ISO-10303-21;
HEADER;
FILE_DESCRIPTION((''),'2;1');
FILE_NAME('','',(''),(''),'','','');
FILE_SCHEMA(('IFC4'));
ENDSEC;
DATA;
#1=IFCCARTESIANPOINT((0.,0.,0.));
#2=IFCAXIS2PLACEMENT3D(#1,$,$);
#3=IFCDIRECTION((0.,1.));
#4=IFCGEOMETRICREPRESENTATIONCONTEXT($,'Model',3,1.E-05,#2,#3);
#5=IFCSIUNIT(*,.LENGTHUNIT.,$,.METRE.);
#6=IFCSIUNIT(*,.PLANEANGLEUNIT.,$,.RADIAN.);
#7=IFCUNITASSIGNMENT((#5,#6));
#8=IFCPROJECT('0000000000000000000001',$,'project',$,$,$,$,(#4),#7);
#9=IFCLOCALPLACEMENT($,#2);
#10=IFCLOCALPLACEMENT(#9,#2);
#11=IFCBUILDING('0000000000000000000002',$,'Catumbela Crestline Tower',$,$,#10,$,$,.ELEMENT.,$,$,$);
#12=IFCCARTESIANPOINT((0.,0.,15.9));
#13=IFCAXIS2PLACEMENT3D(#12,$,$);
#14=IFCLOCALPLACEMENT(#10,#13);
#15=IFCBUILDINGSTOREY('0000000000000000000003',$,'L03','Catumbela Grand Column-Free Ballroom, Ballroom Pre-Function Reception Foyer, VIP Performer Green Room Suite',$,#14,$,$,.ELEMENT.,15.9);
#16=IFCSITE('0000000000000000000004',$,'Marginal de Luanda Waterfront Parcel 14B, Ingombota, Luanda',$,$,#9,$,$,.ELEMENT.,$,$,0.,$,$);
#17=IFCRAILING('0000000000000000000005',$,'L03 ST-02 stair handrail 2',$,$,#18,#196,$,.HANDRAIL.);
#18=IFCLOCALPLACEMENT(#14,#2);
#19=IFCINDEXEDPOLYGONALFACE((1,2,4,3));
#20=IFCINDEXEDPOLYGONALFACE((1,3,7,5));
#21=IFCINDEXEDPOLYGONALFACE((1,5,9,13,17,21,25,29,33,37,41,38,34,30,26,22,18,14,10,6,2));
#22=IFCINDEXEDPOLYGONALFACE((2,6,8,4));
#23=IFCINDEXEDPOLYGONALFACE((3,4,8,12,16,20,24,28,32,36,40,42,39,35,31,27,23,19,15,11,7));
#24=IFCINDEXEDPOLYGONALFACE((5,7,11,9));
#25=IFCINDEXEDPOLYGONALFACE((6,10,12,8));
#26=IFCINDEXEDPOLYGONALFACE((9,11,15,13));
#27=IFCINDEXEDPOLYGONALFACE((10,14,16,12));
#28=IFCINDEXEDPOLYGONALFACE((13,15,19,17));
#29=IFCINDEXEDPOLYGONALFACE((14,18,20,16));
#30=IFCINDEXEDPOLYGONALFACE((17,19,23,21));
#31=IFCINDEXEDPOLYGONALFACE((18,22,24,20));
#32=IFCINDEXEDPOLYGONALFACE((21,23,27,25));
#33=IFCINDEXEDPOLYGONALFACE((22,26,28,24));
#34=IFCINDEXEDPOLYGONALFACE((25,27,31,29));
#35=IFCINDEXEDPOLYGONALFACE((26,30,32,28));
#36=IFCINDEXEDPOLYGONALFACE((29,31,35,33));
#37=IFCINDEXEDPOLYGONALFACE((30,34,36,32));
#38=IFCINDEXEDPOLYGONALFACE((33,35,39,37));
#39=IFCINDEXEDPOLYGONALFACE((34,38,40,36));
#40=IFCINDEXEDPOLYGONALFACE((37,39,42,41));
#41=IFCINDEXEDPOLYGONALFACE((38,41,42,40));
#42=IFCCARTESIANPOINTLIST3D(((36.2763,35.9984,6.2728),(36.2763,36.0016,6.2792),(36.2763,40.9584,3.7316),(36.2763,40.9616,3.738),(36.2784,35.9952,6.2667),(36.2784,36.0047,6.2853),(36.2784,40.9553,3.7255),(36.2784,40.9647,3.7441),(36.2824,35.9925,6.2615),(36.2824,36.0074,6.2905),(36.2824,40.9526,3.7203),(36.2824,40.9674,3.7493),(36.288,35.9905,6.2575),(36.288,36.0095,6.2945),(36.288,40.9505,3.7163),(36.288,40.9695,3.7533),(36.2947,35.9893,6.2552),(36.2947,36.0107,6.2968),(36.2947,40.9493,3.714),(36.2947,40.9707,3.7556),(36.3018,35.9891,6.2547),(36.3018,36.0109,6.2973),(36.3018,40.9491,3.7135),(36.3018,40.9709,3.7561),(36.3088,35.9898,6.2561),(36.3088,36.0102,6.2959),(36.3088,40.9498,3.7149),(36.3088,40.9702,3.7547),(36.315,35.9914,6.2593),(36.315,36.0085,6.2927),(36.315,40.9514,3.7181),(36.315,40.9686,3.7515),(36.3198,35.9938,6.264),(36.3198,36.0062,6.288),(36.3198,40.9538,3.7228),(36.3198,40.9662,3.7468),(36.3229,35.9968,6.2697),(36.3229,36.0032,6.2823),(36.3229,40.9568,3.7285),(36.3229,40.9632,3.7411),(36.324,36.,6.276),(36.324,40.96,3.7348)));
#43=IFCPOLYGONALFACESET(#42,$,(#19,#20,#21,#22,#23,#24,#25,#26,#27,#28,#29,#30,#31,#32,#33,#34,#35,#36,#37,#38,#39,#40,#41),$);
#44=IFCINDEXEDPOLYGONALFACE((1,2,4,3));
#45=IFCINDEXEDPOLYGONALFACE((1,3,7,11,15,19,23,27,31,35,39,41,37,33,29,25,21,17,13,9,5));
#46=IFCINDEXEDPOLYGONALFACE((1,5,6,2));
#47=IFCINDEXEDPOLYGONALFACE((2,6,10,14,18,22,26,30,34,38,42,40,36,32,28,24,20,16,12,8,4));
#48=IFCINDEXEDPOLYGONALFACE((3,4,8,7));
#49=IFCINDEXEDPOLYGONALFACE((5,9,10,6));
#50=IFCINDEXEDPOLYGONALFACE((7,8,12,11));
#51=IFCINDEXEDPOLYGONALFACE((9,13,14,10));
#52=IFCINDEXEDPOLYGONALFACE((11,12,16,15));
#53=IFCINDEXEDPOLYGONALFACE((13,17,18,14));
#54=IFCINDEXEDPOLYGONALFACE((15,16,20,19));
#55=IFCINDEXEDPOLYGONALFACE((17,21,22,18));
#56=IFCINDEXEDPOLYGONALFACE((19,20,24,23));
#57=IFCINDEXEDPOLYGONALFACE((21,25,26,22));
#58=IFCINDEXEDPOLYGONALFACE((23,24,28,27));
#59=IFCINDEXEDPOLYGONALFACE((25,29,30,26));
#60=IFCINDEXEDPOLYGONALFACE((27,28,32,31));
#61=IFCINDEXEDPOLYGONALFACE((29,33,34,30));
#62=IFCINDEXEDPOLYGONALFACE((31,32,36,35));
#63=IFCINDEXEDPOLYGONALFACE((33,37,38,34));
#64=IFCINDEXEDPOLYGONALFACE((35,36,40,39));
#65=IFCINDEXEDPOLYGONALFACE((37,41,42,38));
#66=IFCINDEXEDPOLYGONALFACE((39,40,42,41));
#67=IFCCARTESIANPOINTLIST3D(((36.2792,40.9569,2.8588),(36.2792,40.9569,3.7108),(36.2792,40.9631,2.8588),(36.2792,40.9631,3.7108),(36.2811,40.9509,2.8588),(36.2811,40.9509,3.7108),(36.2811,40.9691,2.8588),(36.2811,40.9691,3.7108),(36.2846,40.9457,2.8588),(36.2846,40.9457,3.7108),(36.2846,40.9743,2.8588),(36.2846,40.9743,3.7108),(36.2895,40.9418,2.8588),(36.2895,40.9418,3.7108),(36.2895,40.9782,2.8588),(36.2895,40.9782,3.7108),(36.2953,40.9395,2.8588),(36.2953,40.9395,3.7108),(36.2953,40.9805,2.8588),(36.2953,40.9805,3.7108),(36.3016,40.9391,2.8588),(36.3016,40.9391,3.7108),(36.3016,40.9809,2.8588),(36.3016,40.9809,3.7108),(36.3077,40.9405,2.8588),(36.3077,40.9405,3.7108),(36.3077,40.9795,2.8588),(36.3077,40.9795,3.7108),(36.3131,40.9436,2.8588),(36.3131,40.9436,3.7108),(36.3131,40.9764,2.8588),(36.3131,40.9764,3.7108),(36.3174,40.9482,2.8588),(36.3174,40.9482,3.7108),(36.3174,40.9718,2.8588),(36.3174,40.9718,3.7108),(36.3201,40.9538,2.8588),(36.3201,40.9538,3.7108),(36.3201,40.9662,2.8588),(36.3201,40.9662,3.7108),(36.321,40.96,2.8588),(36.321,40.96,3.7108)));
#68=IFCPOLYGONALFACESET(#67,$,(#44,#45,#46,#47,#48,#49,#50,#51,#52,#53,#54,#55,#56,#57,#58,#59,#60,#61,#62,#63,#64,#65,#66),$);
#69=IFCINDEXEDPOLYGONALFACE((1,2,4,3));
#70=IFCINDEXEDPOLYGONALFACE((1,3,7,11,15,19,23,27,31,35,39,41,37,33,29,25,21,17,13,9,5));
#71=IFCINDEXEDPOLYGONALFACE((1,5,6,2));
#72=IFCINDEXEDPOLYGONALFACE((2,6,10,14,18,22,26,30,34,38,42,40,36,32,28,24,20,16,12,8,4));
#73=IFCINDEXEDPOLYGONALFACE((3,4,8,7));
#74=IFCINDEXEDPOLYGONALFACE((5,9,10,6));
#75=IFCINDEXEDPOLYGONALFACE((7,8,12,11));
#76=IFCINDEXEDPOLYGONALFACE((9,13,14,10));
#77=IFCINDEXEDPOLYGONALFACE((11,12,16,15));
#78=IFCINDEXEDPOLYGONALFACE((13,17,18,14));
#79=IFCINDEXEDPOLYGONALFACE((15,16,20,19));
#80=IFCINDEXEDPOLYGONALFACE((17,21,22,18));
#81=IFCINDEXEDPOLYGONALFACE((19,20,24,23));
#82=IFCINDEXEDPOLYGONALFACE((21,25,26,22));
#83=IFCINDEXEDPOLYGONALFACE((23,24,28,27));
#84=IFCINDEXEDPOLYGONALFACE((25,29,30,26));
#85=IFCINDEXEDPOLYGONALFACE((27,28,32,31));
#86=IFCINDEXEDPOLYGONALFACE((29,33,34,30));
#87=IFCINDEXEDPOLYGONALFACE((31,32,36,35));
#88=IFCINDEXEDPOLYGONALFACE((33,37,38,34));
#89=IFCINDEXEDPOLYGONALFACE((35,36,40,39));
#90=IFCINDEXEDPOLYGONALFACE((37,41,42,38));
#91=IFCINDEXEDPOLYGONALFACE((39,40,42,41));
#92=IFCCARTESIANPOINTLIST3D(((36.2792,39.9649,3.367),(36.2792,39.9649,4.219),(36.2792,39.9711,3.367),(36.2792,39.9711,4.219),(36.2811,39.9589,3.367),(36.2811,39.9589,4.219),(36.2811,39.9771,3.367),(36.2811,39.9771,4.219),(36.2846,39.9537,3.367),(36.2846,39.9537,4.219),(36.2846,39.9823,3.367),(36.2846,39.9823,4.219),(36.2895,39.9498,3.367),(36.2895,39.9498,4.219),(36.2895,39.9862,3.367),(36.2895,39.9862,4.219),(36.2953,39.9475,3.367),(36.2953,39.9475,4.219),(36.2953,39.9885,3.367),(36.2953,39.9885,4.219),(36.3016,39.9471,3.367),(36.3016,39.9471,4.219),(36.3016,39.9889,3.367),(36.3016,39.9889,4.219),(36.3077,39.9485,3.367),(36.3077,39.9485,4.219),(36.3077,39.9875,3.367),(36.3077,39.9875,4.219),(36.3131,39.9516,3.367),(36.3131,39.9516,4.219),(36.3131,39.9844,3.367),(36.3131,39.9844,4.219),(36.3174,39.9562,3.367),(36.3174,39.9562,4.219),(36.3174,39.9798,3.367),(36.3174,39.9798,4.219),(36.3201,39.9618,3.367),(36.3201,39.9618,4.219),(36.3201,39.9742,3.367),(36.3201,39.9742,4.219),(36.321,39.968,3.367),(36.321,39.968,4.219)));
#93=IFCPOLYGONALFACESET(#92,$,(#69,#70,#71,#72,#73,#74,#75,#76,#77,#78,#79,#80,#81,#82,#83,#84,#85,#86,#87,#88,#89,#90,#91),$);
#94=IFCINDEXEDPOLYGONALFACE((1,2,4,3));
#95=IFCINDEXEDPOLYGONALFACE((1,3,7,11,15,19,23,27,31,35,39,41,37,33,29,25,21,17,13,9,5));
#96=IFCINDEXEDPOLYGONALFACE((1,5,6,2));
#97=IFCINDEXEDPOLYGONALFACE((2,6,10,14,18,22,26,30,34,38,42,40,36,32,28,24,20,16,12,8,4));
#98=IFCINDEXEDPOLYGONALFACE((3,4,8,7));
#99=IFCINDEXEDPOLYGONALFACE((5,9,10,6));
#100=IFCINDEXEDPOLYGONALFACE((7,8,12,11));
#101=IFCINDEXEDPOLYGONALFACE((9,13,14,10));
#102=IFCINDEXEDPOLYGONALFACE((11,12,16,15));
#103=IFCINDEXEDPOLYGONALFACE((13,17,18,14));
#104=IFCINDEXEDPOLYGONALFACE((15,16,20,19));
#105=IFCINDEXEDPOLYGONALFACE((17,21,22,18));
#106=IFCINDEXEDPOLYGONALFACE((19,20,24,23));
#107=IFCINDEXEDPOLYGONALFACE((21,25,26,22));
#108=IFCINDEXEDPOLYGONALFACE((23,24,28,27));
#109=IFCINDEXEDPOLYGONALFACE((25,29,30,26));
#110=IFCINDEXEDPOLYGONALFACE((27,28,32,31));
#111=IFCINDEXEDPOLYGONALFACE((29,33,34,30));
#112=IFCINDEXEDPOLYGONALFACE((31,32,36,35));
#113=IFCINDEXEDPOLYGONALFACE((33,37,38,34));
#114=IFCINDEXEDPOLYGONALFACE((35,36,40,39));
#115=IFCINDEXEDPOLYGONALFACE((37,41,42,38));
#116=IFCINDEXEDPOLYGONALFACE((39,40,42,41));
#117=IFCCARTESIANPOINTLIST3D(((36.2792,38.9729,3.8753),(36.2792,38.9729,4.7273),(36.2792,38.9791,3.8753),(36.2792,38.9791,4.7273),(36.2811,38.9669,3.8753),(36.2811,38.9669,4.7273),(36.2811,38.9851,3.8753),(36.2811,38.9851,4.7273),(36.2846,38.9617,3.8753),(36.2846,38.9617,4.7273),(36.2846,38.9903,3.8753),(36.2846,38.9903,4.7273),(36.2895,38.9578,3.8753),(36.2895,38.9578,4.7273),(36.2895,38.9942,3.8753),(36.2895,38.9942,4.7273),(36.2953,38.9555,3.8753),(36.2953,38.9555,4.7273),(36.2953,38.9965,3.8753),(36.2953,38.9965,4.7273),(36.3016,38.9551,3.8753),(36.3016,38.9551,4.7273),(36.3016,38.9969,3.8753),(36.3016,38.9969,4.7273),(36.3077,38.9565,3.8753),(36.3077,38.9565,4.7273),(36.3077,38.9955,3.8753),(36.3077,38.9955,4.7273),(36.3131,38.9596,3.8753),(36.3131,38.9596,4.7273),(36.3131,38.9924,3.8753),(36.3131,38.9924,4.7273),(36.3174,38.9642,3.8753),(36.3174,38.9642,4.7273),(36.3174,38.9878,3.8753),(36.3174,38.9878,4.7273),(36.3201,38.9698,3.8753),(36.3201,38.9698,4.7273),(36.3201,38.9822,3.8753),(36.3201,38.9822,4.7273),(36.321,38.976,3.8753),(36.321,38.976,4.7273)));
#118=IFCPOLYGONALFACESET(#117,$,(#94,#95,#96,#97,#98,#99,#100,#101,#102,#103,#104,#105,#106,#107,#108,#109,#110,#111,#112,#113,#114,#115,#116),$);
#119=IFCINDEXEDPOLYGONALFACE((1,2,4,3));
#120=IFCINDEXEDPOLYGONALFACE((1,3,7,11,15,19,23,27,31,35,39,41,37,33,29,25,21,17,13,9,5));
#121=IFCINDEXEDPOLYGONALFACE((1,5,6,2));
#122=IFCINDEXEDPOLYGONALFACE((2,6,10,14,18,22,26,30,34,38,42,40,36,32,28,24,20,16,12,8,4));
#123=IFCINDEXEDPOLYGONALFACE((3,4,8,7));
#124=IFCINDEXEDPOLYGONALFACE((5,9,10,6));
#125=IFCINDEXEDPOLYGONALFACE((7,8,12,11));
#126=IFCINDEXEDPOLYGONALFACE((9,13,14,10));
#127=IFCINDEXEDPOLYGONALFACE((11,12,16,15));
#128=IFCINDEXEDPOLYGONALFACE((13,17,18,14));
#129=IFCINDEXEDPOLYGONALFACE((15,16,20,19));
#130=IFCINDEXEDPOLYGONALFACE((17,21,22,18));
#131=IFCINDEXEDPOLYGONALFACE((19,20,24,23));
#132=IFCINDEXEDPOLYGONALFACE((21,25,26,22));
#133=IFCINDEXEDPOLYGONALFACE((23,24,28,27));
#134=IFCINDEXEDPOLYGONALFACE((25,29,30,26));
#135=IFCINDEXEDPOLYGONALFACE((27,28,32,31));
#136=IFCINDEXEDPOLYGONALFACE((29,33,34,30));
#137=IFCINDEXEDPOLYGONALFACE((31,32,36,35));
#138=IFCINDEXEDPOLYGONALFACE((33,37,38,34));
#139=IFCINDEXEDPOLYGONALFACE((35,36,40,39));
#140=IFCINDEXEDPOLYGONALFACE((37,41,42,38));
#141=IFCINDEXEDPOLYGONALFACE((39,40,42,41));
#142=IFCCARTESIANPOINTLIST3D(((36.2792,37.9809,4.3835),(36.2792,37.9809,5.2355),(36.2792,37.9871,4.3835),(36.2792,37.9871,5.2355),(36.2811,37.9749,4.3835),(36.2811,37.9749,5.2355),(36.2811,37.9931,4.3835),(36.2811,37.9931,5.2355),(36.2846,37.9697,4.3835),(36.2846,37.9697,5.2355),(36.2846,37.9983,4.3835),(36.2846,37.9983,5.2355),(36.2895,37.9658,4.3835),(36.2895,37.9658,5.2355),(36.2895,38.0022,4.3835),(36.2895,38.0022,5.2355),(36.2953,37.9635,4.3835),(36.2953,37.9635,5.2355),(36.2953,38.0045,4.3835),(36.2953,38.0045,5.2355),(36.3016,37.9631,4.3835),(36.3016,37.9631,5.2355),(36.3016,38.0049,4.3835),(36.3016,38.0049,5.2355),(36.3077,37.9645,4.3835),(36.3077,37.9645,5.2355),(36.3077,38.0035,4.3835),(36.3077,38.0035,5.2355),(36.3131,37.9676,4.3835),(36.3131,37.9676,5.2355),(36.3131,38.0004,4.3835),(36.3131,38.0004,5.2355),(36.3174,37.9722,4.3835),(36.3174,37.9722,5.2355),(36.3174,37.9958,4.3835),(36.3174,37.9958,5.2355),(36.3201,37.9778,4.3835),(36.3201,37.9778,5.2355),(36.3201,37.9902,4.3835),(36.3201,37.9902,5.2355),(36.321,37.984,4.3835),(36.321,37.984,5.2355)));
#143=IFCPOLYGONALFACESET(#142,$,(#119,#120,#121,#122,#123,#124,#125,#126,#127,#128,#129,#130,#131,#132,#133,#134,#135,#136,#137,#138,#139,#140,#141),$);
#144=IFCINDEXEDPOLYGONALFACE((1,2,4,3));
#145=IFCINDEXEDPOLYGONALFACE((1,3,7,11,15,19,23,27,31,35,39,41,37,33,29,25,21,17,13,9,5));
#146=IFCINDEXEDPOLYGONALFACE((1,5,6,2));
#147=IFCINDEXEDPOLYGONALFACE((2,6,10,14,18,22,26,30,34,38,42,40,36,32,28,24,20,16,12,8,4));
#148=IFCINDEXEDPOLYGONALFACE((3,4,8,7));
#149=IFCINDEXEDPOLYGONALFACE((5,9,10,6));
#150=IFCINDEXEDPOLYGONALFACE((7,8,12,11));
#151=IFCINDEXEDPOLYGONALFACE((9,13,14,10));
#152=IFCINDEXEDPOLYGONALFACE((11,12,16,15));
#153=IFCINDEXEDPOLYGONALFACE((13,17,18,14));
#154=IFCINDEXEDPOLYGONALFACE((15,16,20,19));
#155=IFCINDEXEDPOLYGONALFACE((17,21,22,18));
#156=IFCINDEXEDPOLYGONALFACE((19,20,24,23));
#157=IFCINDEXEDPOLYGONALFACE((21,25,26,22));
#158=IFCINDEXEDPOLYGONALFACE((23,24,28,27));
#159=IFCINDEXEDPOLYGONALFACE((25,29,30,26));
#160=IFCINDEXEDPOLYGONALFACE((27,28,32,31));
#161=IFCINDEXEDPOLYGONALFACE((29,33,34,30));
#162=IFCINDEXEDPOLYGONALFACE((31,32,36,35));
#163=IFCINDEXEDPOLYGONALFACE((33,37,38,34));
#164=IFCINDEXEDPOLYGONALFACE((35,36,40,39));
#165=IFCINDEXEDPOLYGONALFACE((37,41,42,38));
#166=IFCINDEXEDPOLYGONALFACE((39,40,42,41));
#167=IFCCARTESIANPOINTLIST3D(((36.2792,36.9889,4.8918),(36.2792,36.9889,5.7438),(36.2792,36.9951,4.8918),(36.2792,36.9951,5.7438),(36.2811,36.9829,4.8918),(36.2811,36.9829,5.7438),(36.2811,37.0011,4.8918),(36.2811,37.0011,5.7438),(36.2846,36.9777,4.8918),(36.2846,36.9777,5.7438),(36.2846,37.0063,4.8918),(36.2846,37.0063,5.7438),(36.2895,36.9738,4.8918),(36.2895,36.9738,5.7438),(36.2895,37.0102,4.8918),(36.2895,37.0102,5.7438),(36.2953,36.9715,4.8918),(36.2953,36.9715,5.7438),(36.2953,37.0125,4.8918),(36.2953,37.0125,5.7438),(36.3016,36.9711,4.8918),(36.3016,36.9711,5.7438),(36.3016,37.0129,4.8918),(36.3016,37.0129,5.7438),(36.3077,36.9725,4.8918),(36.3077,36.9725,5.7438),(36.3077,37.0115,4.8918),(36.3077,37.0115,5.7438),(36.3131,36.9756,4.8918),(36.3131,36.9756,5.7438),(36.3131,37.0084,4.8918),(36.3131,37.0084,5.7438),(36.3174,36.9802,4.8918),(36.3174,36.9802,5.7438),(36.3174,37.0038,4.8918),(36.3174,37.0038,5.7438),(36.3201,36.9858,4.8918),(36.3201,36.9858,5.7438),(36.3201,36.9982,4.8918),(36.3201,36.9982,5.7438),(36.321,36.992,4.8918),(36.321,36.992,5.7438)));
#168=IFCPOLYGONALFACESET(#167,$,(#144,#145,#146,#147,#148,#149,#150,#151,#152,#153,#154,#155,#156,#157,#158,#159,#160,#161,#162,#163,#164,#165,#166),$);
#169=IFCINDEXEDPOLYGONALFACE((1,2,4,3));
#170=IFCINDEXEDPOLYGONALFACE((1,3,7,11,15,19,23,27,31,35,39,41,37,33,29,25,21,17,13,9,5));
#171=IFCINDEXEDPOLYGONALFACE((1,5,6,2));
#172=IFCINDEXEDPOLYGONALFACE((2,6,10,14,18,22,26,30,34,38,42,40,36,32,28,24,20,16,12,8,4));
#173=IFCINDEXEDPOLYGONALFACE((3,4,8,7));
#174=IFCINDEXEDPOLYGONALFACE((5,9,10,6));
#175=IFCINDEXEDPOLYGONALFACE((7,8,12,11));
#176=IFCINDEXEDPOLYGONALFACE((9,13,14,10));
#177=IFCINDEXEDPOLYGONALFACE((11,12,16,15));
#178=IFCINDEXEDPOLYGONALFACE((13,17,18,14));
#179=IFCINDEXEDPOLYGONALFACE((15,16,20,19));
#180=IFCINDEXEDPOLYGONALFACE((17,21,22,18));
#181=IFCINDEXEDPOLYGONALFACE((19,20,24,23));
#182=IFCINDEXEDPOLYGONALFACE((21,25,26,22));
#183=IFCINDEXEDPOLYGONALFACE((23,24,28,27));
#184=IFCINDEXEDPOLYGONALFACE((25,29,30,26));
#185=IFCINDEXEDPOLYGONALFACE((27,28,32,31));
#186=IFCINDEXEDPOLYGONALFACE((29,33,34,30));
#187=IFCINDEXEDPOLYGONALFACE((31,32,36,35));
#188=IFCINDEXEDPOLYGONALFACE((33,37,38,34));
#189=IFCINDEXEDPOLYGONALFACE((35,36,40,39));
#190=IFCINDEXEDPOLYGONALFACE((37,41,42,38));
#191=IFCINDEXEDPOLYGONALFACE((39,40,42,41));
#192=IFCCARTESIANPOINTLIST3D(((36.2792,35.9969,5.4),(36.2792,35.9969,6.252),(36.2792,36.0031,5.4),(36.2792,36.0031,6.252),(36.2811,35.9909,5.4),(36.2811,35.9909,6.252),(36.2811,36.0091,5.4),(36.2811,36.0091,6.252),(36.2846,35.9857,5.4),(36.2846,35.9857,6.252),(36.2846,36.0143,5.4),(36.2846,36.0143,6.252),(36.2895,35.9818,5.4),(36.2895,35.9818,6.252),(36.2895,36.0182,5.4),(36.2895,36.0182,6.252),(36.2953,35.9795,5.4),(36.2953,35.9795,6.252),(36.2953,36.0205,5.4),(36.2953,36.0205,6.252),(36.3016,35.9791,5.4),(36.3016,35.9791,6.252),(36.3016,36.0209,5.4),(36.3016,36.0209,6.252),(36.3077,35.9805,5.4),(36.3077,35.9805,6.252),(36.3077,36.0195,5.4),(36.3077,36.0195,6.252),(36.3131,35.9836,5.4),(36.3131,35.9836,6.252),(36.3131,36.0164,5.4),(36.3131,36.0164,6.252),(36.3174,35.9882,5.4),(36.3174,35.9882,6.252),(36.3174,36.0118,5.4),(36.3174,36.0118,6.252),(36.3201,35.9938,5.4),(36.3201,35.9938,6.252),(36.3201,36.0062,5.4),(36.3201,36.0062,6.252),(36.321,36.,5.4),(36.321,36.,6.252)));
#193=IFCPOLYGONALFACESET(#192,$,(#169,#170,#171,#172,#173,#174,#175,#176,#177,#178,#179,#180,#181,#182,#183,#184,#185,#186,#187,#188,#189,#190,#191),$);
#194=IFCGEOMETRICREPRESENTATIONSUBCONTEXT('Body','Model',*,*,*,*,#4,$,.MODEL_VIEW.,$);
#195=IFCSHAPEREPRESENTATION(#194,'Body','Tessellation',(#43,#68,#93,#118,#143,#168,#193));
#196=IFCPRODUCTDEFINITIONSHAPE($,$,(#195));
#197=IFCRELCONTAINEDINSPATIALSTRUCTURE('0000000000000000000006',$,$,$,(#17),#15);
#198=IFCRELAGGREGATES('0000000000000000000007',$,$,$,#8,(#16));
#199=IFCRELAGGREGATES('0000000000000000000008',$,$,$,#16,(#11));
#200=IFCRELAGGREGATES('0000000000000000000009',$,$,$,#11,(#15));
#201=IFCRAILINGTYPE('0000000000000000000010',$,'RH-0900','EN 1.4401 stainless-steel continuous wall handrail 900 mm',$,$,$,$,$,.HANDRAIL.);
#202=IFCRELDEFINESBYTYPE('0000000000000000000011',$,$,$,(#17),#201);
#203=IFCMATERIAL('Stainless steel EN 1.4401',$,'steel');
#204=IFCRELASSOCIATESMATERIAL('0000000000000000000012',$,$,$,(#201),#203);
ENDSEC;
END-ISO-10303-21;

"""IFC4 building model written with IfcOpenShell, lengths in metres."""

from ifc_helpers import new_model, si_unit, direction, frame, origin, origin_2d, place, context, subcontext, project, spatial, circle, extrude, material, type_object, element, save


model = new_model("IFC4")

# Units and contexts
model_context = context("Model", 3, precision=1e-05, world=origin(), true_north=direction((0.0, 1.0)))
body_context = subcontext(model_context, "Body", "Model", "MODEL_VIEW")
ifc_project = project(units=[si_unit("LENGTHUNIT", "METRE"), si_unit("PLANEANGLEUNIT", "RADIAN")], contexts=[model_context])

# Site, building, storey
site_placement = place(None, origin())
site = spatial("IfcSite", under=ifc_project, at=site_placement, Name="Marginal de Luanda Waterfront Parcel 14B, Ingombota, Luanda", CompositionType="ELEMENT", RefElevation=0.0)
building_placement = place(site_placement, origin())
building = spatial("IfcBuilding", under=site, at=building_placement, Name="Catumbela Crestline Tower", CompositionType="ELEMENT")
storey_placement = place(building_placement, frame((0.0, 0.0, 15.9)))
storey = spatial("IfcBuildingStorey", under=building, at=storey_placement, Name="L03", Description="Catumbela Grand Column-Free Ballroom, Ballroom Pre-Function Reception Foyer, VIP Performer Green Room Suite", CompositionType="ELEMENT", Elevation=15.9)

# Shared definitions
ifc_material_1 = material(Name="Stainless steel EN 1.4401", Category="steel")

# Railing
railing_type_1 = type_object("IfcRailingType", Name="RH-0900", Description="EN 1.4401 stainless-steel continuous wall handrail 900 mm", PredefinedType="HANDRAIL", material=ifc_material_1)
railing_1_placement = place(storey_placement, frame((36.3, 40.96, 2.8588)))
element("IfcRailing", 1, at=railing_1_placement, inside=storey, type_object=railing_type_1, Name="L03 ST-02 stair handrail 2", PredefinedType="HANDRAIL", context=body_context, shape_type="SweptSolid", body=[
    extrude(circle(Radius=0.024, at=origin_2d()), frame((0.0, 0.0, 0.876), z_axis=(0.0, -0.889992, 0.455977), x_axis=(1.0, 0.0, 0.0)), (0.0, 0.0, 1.0), 5.5731),
    extrude(circle(Radius=0.021, at=origin_2d()), origin(), (0.0, 0.0, 1.0), 0.852),
    extrude(circle(Radius=0.021, at=origin_2d()), frame((0.0, -0.992, 0.5082)), (0.0, 0.0, 1.0), 0.852),
    extrude(circle(Radius=0.021, at=origin_2d()), frame((0.0, -1.984, 1.0165)), (0.0, 0.0, 1.0), 0.852),
    extrude(circle(Radius=0.021, at=origin_2d()), frame((0.0, -2.976, 1.5247)), (0.0, 0.0, 1.0), 0.852),
    extrude(circle(Radius=0.021, at=origin_2d()), frame((0.0, -3.968, 2.033)), (0.0, 0.0, 1.0), 0.852),
    extrude(circle(Radius=0.021, at=origin_2d()), frame((0.0, -4.96, 2.5412)), (0.0, 0.0, 1.0), 0.852),
])

save(model, "model.ifc")
